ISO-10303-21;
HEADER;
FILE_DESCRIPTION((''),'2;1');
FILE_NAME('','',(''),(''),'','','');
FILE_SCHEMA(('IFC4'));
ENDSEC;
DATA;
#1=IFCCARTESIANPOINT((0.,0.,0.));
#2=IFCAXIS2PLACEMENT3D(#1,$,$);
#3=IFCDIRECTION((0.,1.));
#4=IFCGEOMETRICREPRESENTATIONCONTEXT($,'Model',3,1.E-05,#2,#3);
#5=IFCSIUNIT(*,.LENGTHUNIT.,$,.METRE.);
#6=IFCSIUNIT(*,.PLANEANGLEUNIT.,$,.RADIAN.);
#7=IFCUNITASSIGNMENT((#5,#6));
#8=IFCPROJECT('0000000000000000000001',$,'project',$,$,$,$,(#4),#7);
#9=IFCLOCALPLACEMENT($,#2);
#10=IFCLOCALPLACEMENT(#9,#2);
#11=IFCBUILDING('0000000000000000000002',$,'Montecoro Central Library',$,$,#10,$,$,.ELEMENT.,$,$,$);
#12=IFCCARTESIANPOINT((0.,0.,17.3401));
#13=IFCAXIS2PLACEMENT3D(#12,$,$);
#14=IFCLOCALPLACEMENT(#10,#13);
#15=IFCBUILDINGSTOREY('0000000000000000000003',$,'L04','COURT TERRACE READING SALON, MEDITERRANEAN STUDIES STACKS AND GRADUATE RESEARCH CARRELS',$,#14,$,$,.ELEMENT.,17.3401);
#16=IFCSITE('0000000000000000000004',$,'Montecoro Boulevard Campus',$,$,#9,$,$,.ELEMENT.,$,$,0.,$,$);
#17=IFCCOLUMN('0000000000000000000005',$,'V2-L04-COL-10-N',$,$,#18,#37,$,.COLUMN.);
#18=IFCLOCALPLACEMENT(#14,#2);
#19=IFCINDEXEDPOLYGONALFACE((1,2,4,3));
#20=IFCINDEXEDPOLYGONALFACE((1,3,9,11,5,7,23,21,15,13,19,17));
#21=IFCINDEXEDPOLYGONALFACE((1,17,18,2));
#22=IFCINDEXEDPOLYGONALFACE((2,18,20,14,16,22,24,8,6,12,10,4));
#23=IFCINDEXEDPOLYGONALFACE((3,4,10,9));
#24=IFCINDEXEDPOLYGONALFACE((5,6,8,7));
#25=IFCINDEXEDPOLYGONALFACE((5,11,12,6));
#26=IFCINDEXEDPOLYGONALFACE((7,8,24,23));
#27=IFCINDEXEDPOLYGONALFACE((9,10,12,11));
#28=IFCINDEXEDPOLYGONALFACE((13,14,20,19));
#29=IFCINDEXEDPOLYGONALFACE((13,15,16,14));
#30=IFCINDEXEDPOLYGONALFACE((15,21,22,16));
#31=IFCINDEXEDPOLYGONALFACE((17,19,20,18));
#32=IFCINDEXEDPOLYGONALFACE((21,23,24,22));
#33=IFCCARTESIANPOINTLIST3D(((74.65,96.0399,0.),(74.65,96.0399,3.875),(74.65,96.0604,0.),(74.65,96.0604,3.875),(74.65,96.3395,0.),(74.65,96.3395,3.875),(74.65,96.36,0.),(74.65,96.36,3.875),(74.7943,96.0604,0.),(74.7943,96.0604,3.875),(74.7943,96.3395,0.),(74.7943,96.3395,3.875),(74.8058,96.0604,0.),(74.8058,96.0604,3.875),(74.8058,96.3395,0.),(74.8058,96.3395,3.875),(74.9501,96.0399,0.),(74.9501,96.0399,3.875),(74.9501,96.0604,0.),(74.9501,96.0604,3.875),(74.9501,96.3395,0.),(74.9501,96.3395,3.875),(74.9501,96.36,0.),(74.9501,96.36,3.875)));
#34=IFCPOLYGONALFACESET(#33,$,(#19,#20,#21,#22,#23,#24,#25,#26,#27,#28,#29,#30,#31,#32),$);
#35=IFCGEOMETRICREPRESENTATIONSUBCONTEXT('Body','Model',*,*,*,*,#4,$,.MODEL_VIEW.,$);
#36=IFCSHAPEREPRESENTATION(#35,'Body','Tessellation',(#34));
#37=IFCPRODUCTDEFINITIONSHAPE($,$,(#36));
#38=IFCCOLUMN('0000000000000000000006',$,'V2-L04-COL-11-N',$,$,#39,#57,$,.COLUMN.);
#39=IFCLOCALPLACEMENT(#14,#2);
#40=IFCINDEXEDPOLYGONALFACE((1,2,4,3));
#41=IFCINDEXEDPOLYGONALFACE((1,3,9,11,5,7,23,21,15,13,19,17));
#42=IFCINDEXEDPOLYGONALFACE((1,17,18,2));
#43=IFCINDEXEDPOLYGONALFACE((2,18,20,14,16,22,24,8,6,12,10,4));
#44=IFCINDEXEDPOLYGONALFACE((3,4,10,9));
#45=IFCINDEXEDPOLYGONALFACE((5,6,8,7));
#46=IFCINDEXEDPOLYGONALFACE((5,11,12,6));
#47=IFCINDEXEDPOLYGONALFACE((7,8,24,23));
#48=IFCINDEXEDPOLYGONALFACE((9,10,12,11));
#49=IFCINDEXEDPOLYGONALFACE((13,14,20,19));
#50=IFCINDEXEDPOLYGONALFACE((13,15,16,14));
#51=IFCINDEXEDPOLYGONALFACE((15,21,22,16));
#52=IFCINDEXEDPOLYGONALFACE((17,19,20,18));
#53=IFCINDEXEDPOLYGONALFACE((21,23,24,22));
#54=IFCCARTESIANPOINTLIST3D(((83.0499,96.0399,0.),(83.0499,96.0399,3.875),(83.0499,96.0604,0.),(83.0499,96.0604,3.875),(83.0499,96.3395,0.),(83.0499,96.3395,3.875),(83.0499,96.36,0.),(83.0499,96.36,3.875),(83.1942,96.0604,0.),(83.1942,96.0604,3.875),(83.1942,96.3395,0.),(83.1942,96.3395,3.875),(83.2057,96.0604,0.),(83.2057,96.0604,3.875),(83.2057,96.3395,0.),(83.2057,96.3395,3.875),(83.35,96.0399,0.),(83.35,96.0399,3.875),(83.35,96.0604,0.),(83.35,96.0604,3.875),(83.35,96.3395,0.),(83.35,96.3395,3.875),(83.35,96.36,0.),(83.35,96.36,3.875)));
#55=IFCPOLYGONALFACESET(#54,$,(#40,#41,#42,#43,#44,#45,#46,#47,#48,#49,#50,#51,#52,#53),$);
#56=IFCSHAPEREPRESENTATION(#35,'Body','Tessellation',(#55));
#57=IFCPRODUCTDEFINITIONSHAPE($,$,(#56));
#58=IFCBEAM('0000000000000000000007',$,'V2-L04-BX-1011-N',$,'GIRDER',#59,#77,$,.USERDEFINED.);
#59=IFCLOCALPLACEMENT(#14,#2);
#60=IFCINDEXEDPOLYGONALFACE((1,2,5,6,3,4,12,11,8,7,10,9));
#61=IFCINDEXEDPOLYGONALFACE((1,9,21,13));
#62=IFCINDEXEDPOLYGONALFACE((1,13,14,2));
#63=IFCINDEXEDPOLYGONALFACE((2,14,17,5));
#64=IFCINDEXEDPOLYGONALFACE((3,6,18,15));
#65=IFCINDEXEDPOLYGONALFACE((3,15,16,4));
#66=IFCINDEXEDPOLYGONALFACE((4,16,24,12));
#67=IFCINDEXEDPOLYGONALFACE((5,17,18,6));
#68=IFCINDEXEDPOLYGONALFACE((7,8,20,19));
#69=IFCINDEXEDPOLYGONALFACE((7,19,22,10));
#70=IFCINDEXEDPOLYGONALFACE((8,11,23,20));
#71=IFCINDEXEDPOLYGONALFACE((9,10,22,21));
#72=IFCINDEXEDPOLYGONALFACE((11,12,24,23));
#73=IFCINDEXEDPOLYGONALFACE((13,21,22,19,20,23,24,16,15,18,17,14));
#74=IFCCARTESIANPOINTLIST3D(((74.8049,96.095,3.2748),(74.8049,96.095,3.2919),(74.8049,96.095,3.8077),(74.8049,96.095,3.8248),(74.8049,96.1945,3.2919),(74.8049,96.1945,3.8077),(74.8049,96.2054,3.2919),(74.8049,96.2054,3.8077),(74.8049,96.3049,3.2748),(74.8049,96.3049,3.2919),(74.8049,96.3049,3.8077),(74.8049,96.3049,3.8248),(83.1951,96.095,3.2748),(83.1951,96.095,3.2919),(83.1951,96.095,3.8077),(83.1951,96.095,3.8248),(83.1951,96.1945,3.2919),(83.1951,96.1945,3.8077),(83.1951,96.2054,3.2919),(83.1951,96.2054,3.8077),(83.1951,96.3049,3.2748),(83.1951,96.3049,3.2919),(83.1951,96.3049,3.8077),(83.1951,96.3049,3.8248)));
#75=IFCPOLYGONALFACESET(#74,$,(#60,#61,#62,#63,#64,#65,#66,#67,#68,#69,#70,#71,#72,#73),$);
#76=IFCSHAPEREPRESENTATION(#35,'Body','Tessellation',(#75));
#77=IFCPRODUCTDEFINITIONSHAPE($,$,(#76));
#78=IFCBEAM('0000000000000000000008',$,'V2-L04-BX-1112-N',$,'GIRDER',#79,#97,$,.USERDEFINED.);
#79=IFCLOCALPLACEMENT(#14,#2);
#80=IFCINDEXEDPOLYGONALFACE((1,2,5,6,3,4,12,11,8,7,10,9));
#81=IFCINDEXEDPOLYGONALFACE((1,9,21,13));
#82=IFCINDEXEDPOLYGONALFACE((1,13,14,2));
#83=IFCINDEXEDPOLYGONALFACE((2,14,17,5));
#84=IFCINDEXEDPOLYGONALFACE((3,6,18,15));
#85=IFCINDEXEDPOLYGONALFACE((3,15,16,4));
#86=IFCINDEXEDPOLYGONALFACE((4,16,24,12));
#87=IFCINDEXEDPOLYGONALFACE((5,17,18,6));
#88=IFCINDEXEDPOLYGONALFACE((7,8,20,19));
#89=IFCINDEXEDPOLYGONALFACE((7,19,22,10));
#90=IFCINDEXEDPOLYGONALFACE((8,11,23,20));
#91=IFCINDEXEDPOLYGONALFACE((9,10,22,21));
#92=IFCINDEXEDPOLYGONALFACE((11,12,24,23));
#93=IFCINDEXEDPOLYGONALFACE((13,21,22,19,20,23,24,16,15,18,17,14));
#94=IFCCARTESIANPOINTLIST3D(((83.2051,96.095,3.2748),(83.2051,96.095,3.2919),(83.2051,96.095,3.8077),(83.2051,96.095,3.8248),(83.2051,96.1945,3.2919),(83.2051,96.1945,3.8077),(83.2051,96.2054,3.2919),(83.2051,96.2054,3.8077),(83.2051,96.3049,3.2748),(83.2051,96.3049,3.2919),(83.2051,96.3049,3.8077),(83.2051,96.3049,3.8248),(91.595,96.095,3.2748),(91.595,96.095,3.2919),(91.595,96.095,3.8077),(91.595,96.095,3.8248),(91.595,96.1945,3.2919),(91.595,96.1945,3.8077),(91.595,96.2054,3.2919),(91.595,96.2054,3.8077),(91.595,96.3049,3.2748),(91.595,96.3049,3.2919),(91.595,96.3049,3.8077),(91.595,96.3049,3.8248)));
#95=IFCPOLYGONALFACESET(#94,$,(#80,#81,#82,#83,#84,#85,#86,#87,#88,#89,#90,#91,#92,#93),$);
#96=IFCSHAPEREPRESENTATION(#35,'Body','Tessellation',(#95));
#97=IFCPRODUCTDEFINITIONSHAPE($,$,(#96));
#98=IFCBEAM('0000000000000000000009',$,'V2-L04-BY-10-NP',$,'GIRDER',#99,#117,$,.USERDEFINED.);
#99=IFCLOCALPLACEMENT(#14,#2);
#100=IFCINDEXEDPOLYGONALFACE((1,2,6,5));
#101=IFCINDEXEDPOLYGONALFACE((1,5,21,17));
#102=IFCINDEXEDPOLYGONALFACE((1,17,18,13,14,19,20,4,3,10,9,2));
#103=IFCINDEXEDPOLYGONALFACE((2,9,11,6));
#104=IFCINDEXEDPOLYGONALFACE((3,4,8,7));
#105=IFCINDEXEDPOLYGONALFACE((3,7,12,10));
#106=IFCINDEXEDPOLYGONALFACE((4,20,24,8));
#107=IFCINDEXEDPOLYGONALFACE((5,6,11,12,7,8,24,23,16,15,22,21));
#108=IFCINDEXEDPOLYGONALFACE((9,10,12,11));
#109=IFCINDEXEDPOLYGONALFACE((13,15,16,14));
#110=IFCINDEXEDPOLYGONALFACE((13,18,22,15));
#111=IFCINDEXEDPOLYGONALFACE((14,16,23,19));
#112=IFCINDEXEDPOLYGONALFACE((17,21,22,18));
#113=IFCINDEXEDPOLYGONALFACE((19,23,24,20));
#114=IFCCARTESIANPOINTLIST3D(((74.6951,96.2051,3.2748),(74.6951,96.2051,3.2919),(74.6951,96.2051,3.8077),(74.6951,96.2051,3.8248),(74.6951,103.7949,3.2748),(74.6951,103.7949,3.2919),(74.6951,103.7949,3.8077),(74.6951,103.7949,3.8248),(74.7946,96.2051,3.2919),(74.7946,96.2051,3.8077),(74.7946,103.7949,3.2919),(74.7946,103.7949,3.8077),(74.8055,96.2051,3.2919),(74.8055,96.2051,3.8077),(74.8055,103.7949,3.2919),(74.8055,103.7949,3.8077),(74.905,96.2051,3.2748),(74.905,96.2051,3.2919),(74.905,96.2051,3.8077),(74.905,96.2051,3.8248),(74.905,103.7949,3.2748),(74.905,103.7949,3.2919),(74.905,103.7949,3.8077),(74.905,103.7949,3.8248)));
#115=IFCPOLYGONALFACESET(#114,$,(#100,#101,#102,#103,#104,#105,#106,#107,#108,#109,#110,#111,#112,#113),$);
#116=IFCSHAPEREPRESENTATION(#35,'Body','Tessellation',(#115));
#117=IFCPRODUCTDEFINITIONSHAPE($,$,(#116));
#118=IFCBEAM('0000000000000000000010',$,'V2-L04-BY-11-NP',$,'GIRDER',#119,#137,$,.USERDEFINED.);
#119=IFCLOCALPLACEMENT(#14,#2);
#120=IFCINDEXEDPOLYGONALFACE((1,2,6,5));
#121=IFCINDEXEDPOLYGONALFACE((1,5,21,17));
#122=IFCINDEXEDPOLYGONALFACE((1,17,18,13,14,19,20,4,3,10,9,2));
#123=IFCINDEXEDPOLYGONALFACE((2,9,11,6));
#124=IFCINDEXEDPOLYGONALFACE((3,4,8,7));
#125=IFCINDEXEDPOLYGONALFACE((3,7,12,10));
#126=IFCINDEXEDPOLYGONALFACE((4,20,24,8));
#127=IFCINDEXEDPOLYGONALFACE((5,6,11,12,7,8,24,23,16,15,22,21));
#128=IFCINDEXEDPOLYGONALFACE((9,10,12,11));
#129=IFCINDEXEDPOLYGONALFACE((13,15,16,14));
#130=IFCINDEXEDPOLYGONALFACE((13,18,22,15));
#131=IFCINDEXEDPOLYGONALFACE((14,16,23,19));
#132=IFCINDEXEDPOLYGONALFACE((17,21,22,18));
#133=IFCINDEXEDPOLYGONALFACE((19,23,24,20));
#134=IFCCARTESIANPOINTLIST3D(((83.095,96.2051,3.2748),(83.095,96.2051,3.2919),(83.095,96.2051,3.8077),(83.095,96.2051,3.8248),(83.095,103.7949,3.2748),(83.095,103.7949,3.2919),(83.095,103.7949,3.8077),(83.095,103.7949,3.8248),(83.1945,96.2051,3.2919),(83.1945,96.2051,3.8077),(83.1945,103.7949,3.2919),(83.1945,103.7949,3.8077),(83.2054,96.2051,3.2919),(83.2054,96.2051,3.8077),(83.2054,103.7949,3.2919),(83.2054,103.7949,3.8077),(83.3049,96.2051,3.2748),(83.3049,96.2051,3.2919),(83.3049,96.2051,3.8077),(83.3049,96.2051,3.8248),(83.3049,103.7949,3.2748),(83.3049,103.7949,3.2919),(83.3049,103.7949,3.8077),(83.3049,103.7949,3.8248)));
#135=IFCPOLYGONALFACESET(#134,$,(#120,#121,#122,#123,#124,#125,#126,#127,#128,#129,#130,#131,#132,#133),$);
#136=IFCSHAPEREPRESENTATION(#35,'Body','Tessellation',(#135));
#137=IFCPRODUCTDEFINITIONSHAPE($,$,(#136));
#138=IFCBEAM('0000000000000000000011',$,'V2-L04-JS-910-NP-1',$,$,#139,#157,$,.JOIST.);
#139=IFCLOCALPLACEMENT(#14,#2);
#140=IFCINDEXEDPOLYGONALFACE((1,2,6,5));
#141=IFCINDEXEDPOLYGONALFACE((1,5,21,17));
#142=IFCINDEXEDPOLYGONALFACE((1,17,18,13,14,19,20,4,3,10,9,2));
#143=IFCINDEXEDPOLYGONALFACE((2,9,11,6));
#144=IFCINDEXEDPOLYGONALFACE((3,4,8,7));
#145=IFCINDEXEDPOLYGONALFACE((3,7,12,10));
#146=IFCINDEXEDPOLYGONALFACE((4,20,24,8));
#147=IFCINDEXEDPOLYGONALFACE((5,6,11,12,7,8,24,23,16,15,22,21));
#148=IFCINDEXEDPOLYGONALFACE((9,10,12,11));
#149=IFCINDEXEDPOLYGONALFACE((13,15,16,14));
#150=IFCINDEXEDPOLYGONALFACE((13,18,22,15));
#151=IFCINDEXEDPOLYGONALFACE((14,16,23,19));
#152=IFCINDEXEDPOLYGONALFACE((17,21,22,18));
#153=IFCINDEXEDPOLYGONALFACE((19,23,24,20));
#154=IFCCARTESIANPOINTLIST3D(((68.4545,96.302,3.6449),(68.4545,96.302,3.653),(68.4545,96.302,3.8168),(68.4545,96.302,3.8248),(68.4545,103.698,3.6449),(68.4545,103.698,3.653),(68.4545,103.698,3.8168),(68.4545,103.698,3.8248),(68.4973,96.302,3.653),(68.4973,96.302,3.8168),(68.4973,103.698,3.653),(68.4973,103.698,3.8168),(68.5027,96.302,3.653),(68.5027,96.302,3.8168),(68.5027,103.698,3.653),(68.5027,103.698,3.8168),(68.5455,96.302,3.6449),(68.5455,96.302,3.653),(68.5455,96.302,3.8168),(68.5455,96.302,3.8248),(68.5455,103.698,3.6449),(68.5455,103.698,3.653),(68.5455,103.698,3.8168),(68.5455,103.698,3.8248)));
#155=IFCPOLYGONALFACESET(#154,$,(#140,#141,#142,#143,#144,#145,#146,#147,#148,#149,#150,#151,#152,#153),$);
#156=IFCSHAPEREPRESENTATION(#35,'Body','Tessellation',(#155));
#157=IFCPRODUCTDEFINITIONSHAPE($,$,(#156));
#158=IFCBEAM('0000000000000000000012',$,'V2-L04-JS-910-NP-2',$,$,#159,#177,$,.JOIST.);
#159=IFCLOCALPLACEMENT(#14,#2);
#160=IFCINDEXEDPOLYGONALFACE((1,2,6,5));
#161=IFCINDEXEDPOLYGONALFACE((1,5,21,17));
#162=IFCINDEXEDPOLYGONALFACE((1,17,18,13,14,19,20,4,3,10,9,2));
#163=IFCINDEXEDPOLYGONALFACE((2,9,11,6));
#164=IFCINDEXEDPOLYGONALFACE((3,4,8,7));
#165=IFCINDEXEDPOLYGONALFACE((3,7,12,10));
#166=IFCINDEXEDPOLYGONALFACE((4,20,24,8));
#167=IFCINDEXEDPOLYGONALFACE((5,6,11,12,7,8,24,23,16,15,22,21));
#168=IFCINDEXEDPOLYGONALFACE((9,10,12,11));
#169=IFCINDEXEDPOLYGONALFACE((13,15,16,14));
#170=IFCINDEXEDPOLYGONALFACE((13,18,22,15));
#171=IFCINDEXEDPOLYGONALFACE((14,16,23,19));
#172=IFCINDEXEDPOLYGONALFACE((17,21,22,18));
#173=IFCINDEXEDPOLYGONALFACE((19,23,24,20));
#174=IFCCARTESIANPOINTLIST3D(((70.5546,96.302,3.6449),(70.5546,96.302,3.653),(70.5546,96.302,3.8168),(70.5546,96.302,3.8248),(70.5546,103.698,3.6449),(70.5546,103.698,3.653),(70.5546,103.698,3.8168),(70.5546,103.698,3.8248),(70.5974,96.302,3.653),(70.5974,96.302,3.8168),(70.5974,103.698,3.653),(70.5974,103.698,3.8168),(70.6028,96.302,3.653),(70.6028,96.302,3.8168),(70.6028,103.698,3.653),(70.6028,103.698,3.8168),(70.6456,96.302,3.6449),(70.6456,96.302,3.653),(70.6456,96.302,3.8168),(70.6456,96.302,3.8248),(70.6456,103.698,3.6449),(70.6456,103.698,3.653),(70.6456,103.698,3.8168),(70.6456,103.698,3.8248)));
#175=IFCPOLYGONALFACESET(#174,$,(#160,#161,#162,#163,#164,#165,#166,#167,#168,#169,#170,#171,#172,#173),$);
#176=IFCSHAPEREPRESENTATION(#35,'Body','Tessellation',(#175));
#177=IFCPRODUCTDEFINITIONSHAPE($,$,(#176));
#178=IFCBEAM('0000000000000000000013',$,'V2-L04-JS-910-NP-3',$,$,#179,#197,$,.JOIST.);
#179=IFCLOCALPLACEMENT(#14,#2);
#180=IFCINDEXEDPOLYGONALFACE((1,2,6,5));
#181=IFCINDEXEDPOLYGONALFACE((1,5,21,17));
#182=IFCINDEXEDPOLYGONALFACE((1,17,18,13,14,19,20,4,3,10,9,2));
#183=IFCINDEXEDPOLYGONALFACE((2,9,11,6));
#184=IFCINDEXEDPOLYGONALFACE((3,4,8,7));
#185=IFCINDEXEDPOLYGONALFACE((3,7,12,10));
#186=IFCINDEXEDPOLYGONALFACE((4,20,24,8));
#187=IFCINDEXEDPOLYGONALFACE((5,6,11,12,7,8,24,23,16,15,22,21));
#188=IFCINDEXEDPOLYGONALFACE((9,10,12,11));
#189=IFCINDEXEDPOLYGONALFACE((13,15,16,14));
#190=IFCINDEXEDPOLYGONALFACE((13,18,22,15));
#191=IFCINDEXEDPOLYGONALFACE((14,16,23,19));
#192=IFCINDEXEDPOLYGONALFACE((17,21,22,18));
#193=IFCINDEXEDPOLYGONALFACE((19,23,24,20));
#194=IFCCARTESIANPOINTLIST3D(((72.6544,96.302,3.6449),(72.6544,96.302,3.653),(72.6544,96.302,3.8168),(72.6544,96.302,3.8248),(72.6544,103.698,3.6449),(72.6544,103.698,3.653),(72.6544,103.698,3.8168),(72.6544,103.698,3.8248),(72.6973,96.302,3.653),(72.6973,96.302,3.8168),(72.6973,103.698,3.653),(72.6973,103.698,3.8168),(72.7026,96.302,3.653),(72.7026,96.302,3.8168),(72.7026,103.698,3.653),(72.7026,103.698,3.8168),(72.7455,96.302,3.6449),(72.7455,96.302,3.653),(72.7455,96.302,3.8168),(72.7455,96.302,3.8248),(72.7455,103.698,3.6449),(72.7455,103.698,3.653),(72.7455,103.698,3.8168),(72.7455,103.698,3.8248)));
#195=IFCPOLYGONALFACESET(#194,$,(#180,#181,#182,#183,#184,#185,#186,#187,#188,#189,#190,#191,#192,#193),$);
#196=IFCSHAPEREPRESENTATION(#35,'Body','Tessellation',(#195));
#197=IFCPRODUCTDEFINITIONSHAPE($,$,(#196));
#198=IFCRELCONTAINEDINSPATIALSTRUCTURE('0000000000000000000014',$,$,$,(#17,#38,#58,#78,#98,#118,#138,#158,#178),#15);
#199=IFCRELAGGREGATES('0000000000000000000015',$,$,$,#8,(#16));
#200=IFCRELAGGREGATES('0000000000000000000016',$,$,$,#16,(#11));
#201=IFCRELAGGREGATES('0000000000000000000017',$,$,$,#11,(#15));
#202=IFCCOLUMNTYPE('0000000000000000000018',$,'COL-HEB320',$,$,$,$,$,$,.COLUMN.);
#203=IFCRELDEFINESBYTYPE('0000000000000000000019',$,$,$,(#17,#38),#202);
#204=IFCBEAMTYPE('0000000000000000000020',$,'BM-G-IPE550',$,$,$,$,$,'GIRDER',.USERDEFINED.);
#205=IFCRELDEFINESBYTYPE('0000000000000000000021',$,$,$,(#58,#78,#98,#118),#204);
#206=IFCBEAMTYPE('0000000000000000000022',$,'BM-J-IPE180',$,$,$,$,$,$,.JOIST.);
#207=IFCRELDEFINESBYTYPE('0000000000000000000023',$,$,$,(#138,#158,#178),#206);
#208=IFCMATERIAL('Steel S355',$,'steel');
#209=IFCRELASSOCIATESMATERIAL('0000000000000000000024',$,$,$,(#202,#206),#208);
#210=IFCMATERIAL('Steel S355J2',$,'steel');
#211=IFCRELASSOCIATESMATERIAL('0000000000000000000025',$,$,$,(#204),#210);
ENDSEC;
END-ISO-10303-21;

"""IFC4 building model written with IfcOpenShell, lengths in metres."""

from ifc_helpers import new_model, si_unit, direction, frame, origin, origin_2d, place, context, subcontext, project, spatial, i_section, extrude, material, material_profile, profile_set, type_object, element, save


model = new_model("IFC4")

# Units and contexts
model_context = context("Model", 3, precision=1e-05, world=origin(), true_north=direction((0.0, 1.0)))
body_context = subcontext(model_context, "Body", "Model", "MODEL_VIEW")
ifc_project = project(units=[si_unit("LENGTHUNIT", "METRE"), si_unit("PLANEANGLEUNIT", "RADIAN")], contexts=[model_context])

# Site, building, storey
site_placement = place(None, origin())
site = spatial("IfcSite", under=ifc_project, at=site_placement, Name="Montecoro Boulevard Campus", CompositionType="ELEMENT", RefElevation=0.0)
building_placement = place(site_placement, origin())
building = spatial("IfcBuilding", under=site, at=building_placement, Name="Montecoro Central Library", CompositionType="ELEMENT")
storey_placement = place(building_placement, frame((0.0, 0.0, 17.3401)))
storey = spatial("IfcBuildingStorey", under=building, at=storey_placement, Name="L04", Description="COURT TERRACE READING SALON, MEDITERRANEAN STUDIES STACKS AND GRADUATE RESEARCH CARRELS", CompositionType="ELEMENT", Elevation=17.3401)

# Columns
ifc_material_1 = material(Name="Steel S355", Category="steel")
ifc_material_profile_1 = material_profile(ifc_material_1, i_section(OverallWidth=0.3, OverallDepth=0.3201, WebThickness=0.0115, FlangeThickness=0.0205, at=origin_2d()), Name="HEB 320")
ifc_profile_set_1 = profile_set([ifc_material_profile_1], Name="Steel S355")
column_type = type_object("IfcColumnType", Name="COL-HEB320", PredefinedType="COLUMN", material=ifc_profile_set_1)
for number, where, z_axis, x_axis, name in (
    (1, (74.8, 96.2, 0.0), (0.0, 0.0, 1.0), (1.0, 0.0, 0.0), "V2-L04-COL-10-N"),
    (2, (83.2, 96.2, 0.0), (0.0, 0.0, 1.0), (1.0, 0.0, 0.0), "V2-L04-COL-11-N"),
):
    element("IfcColumn", number, at=place(storey_placement, frame(where, z_axis=z_axis, x_axis=x_axis)), inside=storey, type_object=column_type, Name=name, PredefinedType="COLUMN", context=body_context, shape_type="SweptSolid", body=[
        extrude(i_section(OverallWidth=0.3, OverallDepth=0.3201, WebThickness=0.0115, FlangeThickness=0.0205, at=origin_2d()), origin(), (0.0, 0.0, 1.0), 3.875),
    ])

# Beams
ifc_material_2 = material(Name="Steel S355J2", Category="steel")
ifc_material_profile_2 = material_profile(ifc_material_2, i_section(OverallWidth=0.21, OverallDepth=0.55, WebThickness=0.011, FlangeThickness=0.0171, at=origin_2d()), Name="IPE 550")
ifc_profile_set_2 = profile_set([ifc_material_profile_2], Name="Steel S355J2")
beam_type_1 = type_object("IfcBeamType", Name="BM-G-IPE550", ElementType="GIRDER", PredefinedType="USERDEFINED", material=ifc_profile_set_2)
beam_1_placement = place(storey_placement, frame((74.8049, 96.2, 3.5498), z_axis=(1.0, 0.0, 0.0), x_axis=(0.0, 1.0, 0.0)))
element("IfcBeam", 3, at=beam_1_placement, inside=storey, type_object=beam_type_1, Name="V2-L04-BX-1011-N", ObjectType="GIRDER", PredefinedType="USERDEFINED", context=body_context, shape_type="SweptSolid", body=[
    extrude(i_section(OverallWidth=0.21, OverallDepth=0.55, WebThickness=0.011, FlangeThickness=0.0171, at=origin_2d()), origin(), (0.0, 0.0, 1.0), 8.3901),
])
beam_2_placement = place(storey_placement, frame((83.2051, 96.2, 3.5498), z_axis=(1.0, 0.0, 0.0), x_axis=(0.0, 1.0, 0.0)))
element("IfcBeam", 4, at=beam_2_placement, inside=storey, type_object=beam_type_1, Name="V2-L04-BX-1112-N", ObjectType="GIRDER", PredefinedType="USERDEFINED", context=body_context, shape_type="SweptSolid", body=[
    extrude(i_section(OverallWidth=0.21, OverallDepth=0.55, WebThickness=0.011, FlangeThickness=0.0171, at=origin_2d()), origin(), (0.0, 0.0, 1.0), 8.3899),
])
for number, where, z_axis, x_axis, name in (
    (5, (74.8, 96.2051, 3.5498), (0.0, 1.0, 0.0), (-1.0, 0.0, 0.0), "V2-L04-BY-10-NP"),
    (6, (83.2, 96.2051, 3.5498), (0.0, 1.0, 0.0), (-1.0, 0.0, 0.0), "V2-L04-BY-11-NP"),
):
    element("IfcBeam", number, at=place(storey_placement, frame(where, z_axis=z_axis, x_axis=x_axis)), inside=storey, type_object=beam_type_1, Name=name, ObjectType="GIRDER", PredefinedType="USERDEFINED", context=body_context, shape_type="SweptSolid", body=[
        extrude(i_section(OverallWidth=0.21, OverallDepth=0.55, WebThickness=0.011, FlangeThickness=0.0171, at=origin_2d()), origin(), (0.0, 0.0, 1.0), 7.5898),
    ])
ifc_material_profile_3 = material_profile(ifc_material_1, i_section(OverallWidth=0.0911, OverallDepth=0.1799, WebThickness=0.0054, FlangeThickness=0.0081, at=origin_2d()), Name="IPE 180")
ifc_profile_set_3 = profile_set([ifc_material_profile_3], Name="Steel S355")
beam_type_2 = type_object("IfcBeamType", Name="BM-J-IPE180", PredefinedType="JOIST", material=ifc_profile_set_3)
for number, where, z_axis, x_axis, name in (
    (7, (68.5, 96.302, 3.7349), (0.0, 1.0, 0.0), (-1.0, 0.0, 0.0), "V2-L04-JS-910-NP-1"),
    (8, (70.6001, 96.302, 3.7349), (0.0, 1.0, 0.0), (-1.0, 0.0, 0.0), "V2-L04-JS-910-NP-2"),
    (9, (72.7, 96.302, 3.7349), (0.0, 1.0, 0.0), (-1.0, 0.0, 0.0), "V2-L04-JS-910-NP-3"),
):
    element("IfcBeam", number, at=place(storey_placement, frame(where, z_axis=z_axis, x_axis=x_axis)), inside=storey, type_object=beam_type_2, Name=name, PredefinedType="JOIST", context=body_context, shape_type="SweptSolid", body=[
        extrude(i_section(OverallWidth=0.0911, OverallDepth=0.1799, WebThickness=0.0054, FlangeThickness=0.0081, at=origin_2d()), origin(), (0.0, 0.0, 1.0), 7.396),
    ])

save(model, "model.ifc")
